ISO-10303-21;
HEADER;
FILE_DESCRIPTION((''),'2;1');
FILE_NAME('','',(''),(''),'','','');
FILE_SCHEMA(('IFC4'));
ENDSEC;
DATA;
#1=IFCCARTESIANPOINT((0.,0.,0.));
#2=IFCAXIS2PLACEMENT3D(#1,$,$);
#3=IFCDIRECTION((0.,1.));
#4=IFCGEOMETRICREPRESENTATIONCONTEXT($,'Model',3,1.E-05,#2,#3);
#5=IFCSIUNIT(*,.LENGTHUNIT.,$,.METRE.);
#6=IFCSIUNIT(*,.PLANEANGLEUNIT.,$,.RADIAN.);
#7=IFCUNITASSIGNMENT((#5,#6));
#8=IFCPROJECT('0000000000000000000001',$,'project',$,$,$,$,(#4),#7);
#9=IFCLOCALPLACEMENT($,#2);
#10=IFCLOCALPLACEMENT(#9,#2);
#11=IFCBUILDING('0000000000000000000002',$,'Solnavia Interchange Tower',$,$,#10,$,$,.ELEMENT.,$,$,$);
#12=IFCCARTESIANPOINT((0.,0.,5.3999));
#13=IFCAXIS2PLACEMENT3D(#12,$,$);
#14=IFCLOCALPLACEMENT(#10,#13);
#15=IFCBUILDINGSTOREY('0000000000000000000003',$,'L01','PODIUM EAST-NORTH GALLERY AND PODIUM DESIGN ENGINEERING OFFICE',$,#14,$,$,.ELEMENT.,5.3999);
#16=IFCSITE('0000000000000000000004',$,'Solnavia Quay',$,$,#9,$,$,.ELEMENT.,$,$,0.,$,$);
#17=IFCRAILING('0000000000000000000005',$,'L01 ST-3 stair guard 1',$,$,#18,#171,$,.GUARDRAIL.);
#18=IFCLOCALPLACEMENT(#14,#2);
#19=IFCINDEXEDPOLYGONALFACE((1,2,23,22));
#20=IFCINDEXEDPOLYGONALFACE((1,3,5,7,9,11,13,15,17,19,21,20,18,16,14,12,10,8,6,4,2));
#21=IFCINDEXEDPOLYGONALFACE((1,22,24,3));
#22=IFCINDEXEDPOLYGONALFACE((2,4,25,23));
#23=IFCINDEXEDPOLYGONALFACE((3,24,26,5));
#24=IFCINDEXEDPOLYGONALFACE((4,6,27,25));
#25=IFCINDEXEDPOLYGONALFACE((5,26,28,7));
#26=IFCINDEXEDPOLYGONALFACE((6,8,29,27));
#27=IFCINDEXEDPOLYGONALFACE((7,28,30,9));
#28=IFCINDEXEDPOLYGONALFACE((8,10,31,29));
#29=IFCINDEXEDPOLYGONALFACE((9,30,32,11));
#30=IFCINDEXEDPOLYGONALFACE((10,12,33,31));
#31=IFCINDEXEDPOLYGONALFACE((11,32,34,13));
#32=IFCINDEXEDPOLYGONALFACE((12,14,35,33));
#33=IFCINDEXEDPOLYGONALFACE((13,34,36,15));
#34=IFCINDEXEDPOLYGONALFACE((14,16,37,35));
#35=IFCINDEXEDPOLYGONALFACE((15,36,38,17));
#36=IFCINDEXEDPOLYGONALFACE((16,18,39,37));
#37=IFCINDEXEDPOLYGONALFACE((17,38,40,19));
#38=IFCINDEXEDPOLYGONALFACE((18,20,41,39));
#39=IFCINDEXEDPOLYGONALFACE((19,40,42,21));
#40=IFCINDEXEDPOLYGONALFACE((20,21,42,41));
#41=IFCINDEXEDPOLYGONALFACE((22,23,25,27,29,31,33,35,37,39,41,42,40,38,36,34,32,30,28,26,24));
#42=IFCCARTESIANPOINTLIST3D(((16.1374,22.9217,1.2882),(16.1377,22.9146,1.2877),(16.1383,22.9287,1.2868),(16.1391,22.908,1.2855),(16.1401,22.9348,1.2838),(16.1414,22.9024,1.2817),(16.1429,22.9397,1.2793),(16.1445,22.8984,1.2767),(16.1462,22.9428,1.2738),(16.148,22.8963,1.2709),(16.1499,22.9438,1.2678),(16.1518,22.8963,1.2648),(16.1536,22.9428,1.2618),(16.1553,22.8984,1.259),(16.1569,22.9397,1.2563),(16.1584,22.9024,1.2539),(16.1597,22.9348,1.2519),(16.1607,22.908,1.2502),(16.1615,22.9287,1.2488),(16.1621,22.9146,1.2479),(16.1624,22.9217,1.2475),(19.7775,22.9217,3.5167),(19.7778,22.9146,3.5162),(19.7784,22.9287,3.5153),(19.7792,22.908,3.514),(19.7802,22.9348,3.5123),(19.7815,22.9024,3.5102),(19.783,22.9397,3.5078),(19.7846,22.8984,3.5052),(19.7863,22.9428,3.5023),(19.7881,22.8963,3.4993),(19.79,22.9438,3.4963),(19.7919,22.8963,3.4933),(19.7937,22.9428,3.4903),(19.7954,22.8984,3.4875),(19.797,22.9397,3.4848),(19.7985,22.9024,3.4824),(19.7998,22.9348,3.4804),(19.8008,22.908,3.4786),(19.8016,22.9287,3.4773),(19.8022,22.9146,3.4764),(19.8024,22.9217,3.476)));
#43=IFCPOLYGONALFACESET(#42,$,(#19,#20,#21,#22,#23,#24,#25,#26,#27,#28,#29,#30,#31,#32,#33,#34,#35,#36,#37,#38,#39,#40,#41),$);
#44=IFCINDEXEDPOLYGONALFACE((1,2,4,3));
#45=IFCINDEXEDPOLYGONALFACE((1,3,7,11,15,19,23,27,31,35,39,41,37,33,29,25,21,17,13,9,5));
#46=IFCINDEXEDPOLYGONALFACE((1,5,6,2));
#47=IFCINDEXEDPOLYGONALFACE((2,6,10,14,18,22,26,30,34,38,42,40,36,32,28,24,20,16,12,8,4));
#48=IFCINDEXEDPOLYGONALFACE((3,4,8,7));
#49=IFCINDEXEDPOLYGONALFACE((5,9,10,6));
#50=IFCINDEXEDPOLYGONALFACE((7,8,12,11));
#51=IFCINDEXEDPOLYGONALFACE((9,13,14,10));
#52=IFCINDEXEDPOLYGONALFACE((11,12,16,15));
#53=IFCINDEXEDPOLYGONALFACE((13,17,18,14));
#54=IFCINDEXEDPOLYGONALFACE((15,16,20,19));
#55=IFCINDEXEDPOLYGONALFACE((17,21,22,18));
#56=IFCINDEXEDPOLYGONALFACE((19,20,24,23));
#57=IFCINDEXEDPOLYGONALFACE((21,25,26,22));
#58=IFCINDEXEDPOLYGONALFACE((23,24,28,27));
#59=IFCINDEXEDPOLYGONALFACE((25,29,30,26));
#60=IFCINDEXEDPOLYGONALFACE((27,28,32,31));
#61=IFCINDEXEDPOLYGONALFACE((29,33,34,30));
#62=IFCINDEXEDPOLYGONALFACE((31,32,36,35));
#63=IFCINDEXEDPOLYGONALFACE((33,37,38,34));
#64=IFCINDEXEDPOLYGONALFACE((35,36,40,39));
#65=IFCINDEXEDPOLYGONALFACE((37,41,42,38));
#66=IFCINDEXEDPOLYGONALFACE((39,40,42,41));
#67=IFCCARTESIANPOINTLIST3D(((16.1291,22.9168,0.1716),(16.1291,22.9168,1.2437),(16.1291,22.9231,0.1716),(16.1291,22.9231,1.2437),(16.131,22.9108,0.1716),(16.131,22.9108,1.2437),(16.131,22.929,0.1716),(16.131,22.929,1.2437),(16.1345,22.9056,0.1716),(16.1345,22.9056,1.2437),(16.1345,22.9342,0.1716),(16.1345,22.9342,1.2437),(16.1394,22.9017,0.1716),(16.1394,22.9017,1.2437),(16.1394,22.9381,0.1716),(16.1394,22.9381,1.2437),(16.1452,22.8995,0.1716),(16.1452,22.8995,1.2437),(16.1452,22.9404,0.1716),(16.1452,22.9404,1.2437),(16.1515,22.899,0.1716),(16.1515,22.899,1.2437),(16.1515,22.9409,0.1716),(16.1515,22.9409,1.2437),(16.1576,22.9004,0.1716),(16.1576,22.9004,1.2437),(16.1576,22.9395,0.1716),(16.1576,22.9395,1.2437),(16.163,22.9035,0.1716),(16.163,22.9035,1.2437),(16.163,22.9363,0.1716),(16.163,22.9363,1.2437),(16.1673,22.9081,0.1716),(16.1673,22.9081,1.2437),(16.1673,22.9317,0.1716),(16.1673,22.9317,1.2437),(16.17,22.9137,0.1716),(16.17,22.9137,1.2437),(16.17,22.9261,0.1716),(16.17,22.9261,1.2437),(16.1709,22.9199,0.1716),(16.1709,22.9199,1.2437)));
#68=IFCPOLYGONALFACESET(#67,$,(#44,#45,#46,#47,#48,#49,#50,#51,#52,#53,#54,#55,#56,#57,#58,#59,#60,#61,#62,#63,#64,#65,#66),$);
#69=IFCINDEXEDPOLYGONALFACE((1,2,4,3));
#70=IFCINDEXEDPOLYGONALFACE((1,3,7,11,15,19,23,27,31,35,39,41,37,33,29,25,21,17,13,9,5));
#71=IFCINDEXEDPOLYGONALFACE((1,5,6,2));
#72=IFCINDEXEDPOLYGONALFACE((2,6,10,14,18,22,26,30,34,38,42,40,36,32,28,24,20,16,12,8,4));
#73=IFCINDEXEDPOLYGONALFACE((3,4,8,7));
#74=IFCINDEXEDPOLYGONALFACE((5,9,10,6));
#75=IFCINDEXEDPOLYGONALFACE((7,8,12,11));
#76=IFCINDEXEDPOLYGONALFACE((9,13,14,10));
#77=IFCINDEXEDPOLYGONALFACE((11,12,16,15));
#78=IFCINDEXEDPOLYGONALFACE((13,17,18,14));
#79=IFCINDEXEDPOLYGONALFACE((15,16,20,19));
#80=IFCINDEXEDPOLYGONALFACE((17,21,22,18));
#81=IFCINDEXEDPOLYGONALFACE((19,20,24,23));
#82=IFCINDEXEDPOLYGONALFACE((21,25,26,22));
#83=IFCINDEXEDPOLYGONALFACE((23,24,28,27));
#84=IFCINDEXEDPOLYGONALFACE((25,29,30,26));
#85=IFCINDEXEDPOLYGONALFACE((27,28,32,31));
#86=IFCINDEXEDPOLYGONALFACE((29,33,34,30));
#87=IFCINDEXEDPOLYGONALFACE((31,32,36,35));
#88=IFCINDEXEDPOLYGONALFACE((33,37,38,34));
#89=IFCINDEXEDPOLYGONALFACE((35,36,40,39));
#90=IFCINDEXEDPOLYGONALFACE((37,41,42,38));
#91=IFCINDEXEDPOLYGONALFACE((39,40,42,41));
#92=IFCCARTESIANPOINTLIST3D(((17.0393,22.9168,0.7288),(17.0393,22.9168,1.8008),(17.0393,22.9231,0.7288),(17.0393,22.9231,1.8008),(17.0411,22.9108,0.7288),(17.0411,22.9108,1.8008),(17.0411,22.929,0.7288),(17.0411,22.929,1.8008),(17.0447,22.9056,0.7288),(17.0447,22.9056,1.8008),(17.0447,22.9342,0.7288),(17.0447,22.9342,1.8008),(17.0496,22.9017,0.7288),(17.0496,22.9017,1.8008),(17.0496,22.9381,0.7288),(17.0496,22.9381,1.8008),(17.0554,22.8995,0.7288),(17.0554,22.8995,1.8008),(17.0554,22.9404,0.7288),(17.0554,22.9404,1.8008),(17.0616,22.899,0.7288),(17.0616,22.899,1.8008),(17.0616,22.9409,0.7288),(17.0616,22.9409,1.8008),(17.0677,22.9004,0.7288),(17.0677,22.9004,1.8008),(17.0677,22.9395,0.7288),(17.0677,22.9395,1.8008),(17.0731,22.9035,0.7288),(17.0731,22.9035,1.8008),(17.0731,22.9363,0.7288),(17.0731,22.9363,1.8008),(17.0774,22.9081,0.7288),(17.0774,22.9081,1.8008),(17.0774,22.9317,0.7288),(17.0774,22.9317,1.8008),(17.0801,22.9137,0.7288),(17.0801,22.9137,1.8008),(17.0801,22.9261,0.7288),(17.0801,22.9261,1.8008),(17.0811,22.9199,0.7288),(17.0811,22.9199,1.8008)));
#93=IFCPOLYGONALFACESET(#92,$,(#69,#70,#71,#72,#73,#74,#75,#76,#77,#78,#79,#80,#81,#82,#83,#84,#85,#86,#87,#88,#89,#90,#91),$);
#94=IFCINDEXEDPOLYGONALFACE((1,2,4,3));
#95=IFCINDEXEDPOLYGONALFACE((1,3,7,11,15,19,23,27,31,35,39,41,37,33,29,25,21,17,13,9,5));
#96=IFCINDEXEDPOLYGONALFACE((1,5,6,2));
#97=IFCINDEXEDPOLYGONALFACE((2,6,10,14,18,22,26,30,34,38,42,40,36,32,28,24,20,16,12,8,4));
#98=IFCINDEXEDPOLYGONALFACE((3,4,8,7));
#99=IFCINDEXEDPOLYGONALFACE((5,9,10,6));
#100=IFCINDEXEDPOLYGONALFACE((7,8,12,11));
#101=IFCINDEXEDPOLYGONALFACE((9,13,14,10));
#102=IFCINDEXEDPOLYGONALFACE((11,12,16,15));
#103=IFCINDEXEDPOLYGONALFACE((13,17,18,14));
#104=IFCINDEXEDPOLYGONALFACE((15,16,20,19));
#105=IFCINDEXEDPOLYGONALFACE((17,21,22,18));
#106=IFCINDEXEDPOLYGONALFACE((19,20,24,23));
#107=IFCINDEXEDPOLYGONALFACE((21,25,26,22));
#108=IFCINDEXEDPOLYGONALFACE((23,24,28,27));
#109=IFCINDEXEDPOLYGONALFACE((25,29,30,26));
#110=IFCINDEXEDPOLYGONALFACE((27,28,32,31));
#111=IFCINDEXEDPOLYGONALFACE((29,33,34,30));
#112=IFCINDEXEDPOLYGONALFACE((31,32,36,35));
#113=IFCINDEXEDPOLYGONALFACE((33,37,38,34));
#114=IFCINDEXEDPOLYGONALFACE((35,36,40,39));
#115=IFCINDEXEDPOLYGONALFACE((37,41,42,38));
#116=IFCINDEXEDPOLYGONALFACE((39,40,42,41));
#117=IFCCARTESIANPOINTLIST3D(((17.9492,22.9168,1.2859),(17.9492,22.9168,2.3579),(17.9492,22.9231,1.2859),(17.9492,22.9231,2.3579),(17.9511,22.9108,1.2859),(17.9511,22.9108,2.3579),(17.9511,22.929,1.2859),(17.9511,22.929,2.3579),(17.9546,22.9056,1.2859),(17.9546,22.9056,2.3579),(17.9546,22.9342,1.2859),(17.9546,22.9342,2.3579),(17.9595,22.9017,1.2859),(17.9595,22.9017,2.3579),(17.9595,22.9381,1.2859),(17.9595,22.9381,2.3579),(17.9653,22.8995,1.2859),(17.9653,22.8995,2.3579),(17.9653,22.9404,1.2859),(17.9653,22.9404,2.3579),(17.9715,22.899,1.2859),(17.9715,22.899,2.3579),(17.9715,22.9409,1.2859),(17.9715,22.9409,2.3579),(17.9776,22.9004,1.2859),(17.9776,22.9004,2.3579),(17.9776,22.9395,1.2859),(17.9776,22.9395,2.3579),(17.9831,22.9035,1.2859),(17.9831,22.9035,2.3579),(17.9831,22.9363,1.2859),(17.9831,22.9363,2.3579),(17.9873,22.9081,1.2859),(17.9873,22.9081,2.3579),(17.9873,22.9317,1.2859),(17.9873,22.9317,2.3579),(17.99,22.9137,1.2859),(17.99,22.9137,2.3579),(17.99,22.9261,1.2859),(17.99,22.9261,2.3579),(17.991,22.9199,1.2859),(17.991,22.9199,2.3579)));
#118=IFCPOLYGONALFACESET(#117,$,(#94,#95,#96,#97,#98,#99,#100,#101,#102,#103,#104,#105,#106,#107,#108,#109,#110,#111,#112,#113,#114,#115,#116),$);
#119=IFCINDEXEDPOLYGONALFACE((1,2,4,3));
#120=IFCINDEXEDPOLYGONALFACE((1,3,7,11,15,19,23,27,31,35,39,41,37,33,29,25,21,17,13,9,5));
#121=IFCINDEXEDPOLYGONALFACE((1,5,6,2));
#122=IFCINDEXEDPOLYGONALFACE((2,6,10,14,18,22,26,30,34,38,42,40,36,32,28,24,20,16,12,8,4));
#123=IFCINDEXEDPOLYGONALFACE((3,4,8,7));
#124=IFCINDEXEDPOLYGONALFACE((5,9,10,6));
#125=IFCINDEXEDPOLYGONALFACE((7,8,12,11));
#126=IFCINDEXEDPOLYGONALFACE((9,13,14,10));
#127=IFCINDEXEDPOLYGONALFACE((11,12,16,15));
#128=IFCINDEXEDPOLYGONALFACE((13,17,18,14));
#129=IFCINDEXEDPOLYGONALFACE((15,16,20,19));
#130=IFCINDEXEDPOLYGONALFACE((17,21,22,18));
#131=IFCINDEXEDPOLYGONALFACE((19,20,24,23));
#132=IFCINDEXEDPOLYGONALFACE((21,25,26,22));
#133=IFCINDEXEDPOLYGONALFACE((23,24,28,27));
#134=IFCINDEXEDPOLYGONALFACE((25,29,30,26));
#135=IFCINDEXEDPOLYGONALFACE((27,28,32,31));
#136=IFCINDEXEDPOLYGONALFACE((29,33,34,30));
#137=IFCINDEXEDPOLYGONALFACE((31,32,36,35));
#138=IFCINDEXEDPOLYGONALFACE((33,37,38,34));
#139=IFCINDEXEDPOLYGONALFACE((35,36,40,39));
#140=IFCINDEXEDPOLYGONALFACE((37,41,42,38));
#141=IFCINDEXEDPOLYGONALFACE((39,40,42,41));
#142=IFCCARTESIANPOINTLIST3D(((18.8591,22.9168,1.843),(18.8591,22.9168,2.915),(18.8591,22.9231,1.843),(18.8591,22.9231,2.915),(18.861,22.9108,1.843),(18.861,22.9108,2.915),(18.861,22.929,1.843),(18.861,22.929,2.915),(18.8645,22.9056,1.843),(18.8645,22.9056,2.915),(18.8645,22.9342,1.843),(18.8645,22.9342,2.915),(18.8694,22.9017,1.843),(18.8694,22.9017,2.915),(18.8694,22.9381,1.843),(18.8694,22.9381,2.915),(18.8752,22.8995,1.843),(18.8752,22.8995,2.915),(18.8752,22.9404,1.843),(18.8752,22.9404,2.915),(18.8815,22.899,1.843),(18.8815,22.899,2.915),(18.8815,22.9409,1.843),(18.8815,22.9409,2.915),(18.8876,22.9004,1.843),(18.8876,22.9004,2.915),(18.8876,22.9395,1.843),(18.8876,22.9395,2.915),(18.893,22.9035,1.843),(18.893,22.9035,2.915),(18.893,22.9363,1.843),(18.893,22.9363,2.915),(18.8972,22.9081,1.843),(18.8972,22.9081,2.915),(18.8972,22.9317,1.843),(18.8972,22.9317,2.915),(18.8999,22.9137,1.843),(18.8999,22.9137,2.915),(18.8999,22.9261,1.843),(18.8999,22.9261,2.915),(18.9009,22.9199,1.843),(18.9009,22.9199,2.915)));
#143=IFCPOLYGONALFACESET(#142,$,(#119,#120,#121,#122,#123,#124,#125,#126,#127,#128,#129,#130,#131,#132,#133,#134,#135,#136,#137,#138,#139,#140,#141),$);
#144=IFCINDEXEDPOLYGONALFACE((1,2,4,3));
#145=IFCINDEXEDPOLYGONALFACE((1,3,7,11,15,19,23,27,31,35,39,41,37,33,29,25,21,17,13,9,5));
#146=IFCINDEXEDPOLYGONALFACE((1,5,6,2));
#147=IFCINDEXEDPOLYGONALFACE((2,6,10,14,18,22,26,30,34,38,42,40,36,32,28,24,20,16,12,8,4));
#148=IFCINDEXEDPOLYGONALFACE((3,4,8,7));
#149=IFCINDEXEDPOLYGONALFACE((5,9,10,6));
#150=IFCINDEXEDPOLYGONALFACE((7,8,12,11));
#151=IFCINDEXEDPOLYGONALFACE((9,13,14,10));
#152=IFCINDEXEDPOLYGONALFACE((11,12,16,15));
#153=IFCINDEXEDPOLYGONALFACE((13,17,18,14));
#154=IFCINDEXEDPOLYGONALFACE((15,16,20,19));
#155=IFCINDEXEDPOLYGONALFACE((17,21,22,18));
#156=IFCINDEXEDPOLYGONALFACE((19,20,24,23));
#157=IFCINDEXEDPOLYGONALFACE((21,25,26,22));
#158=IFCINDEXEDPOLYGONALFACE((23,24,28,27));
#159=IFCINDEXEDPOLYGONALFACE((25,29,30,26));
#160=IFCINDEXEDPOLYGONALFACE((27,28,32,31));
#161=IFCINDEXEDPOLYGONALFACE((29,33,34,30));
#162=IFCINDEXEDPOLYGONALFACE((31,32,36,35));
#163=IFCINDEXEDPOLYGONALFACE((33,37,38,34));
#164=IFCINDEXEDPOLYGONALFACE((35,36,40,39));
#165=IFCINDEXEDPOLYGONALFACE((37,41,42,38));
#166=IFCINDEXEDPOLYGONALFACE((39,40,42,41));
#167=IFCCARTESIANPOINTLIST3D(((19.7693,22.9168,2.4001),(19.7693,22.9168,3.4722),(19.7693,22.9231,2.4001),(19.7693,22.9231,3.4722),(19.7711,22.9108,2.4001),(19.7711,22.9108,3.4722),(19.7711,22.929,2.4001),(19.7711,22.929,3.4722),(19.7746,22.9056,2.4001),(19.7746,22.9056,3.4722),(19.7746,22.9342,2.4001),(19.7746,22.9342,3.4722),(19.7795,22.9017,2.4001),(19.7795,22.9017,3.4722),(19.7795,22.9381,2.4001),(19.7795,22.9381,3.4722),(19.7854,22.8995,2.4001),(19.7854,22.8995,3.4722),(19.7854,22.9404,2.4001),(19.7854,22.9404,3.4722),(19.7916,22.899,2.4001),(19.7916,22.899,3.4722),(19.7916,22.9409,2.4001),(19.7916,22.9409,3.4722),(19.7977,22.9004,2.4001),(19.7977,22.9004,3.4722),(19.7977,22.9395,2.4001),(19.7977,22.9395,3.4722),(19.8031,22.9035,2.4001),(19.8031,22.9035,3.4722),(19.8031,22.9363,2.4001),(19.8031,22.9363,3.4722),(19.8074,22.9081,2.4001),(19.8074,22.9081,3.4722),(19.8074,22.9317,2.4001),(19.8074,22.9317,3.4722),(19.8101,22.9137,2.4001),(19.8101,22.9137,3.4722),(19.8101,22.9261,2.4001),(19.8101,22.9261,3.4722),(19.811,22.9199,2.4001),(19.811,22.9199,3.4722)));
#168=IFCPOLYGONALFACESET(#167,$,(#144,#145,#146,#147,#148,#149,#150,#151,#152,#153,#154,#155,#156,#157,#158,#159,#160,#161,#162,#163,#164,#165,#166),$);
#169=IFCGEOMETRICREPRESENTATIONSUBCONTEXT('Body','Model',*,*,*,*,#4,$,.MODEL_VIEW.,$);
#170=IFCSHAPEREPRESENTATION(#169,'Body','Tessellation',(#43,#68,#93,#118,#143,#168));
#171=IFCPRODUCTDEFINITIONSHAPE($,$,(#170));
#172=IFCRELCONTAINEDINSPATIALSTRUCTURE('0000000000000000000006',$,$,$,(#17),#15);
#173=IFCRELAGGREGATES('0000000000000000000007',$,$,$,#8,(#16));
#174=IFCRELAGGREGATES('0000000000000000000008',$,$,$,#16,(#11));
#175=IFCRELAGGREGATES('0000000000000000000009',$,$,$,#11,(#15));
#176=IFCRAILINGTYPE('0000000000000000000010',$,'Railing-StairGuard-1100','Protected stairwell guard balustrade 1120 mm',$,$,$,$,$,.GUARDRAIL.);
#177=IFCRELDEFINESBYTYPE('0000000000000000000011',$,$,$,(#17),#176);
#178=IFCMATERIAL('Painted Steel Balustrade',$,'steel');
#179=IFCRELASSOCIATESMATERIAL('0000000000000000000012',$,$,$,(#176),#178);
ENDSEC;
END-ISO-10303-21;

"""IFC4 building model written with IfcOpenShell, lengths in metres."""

from ifc_helpers import new_model, si_unit, direction, frame, origin, origin_2d, place, context, subcontext, project, spatial, circle, extrude, material, type_object, element, save


model = new_model("IFC4")

# Units and contexts
model_context = context("Model", 3, precision=1e-05, world=origin(), true_north=direction((0.0, 1.0)))
body_context = subcontext(model_context, "Body", "Model", "MODEL_VIEW")
ifc_project = project(units=[si_unit("LENGTHUNIT", "METRE"), si_unit("PLANEANGLEUNIT", "RADIAN")], contexts=[model_context])

# Site, building, storey
site_placement = place(None, origin())
site = spatial("IfcSite", under=ifc_project, at=site_placement, Name="Solnavia Quay", CompositionType="ELEMENT", RefElevation=0.0)
building_placement = place(site_placement, origin())
building = spatial("IfcBuilding", under=site, at=building_placement, Name="Solnavia Interchange Tower", CompositionType="ELEMENT")
storey_placement = place(building_placement, frame((0.0, 0.0, 5.3999)))
storey = spatial("IfcBuildingStorey", under=building, at=storey_placement, Name="L01", Description="PODIUM EAST-NORTH GALLERY AND PODIUM DESIGN ENGINEERING OFFICE", CompositionType="ELEMENT", Elevation=5.3999)

# Railing
ifc_material_1 = material(Name="Painted Steel Balustrade", Category="steel")
railing_type_1 = type_object("IfcRailingType", Name="Railing-StairGuard-1100", Description="Protected stairwell guard balustrade 1120 mm", PredefinedType="GUARDRAIL", material=ifc_material_1)
railing_1_placement = place(storey_placement, frame((16.1499, 22.9199, 0.1716)))
element("IfcRailing", 1, at=railing_1_placement, inside=storey, type_object=railing_type_1, Name="L01 ST-3 stair guard 1", PredefinedType="GUARDRAIL", context=body_context, shape_type="SweptSolid", body=[
    extrude(circle(Radius=0.0239, at=origin_2d()), frame((0.0, 0.0, 1.0962), z_axis=(0.852866, 0.0, 0.52213), x_axis=(0.0, 1.0, 0.0)), (0.0, 0.0, 1.0), 4.2681),
    extrude(circle(Radius=0.021, at=origin_2d()), origin(), (0.0, 0.0, 1.0), 1.072),
    extrude(circle(Radius=0.021, at=origin_2d()), frame((0.9102, 0.0, 0.5571)), (0.0, 0.0, 1.0), 1.072),
    extrude(circle(Radius=0.021, at=origin_2d()), frame((1.8201, 0.0, 1.1143)), (0.0, 0.0, 1.0), 1.072),
    extrude(circle(Radius=0.021, at=origin_2d()), frame((2.73, 0.0, 1.6714)), (0.0, 0.0, 1.0), 1.072),
    extrude(circle(Radius=0.021, at=origin_2d()), frame((3.6401, 0.0, 2.2285)), (0.0, 0.0, 1.0), 1.072),
])

save(model, "model.ifc")
